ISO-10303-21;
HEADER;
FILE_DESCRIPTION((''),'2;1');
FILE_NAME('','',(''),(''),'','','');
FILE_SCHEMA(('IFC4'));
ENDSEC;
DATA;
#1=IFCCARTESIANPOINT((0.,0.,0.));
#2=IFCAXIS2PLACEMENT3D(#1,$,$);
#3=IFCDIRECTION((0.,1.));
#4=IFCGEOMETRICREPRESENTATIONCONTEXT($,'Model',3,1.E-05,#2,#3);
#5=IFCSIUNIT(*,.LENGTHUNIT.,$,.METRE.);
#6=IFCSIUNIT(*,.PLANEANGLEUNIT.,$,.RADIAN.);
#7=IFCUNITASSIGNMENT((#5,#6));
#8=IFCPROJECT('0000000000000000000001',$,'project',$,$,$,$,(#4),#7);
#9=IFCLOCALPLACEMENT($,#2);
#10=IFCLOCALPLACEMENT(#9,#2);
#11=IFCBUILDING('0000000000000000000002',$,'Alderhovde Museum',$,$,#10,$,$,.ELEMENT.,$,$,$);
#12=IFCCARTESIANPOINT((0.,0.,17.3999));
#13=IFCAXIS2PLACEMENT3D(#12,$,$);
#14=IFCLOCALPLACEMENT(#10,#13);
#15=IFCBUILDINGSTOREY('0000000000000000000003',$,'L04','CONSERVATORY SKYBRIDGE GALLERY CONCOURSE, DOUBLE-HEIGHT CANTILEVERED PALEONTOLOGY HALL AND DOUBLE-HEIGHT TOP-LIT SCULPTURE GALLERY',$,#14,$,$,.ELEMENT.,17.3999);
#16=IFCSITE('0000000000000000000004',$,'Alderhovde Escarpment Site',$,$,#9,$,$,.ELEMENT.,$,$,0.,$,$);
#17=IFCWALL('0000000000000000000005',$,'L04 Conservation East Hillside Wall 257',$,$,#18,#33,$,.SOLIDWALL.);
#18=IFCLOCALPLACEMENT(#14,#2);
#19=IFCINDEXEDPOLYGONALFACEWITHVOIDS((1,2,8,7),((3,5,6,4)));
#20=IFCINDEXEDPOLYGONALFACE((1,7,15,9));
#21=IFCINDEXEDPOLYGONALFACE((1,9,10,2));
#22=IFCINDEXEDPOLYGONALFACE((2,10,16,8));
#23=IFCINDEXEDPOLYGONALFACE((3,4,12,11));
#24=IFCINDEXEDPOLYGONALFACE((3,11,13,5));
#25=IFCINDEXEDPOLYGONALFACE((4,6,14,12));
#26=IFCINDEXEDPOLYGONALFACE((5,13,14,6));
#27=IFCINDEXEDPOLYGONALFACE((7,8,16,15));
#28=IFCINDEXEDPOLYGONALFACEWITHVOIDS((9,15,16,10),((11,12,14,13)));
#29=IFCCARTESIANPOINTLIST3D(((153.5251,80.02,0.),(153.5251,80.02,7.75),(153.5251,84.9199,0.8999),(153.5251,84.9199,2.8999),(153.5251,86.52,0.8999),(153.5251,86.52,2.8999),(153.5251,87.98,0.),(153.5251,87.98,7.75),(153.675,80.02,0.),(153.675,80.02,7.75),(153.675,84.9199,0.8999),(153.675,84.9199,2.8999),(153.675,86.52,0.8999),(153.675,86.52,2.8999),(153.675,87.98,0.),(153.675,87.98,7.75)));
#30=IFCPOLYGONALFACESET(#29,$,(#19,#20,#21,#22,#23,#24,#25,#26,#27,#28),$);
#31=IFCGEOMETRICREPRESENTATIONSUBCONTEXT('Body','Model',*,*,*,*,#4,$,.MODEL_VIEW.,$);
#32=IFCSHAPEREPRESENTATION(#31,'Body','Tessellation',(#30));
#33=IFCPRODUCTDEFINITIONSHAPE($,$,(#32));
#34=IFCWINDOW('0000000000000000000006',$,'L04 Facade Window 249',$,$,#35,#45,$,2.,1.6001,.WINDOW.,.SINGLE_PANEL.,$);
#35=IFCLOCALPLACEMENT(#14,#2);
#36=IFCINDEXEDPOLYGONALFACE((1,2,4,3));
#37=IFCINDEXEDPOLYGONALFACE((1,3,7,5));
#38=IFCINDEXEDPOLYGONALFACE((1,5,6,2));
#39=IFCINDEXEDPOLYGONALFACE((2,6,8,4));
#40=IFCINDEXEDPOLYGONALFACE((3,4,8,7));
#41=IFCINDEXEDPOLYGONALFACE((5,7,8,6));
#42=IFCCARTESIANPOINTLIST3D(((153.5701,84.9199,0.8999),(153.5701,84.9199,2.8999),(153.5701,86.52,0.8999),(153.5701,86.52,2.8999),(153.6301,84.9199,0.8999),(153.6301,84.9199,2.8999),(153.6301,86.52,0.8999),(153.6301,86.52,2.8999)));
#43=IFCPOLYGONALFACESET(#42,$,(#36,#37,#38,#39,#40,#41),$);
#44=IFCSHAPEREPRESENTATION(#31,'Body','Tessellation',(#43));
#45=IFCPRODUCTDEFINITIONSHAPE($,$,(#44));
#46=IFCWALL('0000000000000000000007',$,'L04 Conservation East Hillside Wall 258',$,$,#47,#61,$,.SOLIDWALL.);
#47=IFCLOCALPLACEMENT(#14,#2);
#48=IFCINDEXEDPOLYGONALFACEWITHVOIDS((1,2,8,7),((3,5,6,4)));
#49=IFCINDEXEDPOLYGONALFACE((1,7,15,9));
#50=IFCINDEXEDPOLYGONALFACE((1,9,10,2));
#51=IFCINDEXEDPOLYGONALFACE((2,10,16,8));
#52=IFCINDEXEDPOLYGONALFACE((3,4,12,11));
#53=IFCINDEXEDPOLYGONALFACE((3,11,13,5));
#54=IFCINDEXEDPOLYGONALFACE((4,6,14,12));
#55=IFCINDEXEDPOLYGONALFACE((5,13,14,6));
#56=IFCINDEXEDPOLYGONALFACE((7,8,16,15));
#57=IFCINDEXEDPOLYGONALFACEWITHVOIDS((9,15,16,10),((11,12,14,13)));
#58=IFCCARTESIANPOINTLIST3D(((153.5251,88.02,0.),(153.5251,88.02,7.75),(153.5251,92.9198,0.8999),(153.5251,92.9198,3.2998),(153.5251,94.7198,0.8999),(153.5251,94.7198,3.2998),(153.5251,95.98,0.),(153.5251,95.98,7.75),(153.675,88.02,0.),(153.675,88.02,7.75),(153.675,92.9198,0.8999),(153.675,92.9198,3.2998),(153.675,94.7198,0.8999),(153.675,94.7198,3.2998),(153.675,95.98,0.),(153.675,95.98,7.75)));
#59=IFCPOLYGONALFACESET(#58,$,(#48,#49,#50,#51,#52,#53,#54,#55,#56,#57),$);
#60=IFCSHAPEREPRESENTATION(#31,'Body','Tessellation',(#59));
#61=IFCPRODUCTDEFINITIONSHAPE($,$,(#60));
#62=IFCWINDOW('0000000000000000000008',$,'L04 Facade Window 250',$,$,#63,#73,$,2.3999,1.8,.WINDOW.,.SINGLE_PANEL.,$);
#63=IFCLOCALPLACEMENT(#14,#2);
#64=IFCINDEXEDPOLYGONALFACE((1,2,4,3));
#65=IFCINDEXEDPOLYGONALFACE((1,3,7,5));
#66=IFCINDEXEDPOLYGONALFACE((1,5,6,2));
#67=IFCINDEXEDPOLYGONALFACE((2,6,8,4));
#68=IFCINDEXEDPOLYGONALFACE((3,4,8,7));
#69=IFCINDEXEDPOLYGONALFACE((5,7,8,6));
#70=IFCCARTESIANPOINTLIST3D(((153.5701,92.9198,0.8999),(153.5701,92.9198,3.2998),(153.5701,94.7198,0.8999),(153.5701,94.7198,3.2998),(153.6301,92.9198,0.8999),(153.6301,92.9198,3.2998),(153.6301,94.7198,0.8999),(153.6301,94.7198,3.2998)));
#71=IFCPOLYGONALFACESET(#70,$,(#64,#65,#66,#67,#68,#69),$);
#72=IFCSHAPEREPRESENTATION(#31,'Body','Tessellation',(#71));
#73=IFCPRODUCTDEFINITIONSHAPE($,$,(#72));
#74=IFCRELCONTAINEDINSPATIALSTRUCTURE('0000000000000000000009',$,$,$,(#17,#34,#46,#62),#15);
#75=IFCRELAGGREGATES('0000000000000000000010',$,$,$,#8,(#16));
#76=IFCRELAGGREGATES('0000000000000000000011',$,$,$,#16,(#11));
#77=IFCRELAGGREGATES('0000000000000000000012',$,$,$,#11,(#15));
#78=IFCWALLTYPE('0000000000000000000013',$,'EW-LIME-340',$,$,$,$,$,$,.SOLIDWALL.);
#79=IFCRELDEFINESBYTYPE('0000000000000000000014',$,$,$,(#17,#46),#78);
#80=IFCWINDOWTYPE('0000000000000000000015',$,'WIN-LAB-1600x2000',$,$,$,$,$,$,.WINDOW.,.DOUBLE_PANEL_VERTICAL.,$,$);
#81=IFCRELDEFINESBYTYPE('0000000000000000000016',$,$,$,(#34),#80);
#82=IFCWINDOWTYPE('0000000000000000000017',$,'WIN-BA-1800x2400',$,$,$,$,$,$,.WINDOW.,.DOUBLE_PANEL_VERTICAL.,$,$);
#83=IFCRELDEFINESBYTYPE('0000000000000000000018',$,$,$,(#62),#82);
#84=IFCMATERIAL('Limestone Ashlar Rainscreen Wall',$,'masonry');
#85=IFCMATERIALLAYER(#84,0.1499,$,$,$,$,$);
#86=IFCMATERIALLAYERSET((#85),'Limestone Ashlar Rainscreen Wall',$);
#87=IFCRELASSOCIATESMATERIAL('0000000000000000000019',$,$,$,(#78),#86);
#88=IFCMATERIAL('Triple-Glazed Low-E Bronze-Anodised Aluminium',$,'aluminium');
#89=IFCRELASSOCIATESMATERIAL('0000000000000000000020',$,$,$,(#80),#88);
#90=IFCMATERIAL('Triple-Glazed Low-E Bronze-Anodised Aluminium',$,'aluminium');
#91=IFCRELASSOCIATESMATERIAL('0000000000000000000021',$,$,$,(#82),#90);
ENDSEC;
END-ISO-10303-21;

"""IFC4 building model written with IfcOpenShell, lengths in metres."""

from ifc_helpers import new_model, si_unit, direction, frame, frame_2d, origin, place, context, subcontext, project, spatial, rectangle, extrude, material, layer, layer_set, type_object, element, fill, save


model = new_model("IFC4")

# Units and contexts
model_context = context("Model", 3, precision=1e-05, world=origin(), true_north=direction((0.0, 1.0)))
body_context = subcontext(model_context, "Body", "Model", "MODEL_VIEW")
ifc_project = project(units=[si_unit("LENGTHUNIT", "METRE"), si_unit("PLANEANGLEUNIT", "RADIAN")], contexts=[model_context])

# Site, building, storey
site_placement = place(None, origin())
site = spatial("IfcSite", under=ifc_project, at=site_placement, Name="Alderhovde Escarpment Site", CompositionType="ELEMENT", RefElevation=0.0)
building_placement = place(site_placement, origin())
building = spatial("IfcBuilding", under=site, at=building_placement, Name="Alderhovde Museum", CompositionType="ELEMENT")
storey_placement = place(building_placement, frame((0.0, 0.0, 17.3999)))
storey = spatial("IfcBuildingStorey", under=building, at=storey_placement, Name="L04", Description="CONSERVATORY SKYBRIDGE GALLERY CONCOURSE, DOUBLE-HEIGHT CANTILEVERED PALEONTOLOGY HALL AND DOUBLE-HEIGHT TOP-LIT SCULPTURE GALLERY", CompositionType="ELEMENT", Elevation=17.3999)

# Shared definitions
ifc_material_1 = material(Name="Limestone Ashlar Rainscreen Wall", Category="masonry")
ifc_layer = layer(ifc_material_1, 0.1499)
ifc_layer_set = layer_set([ifc_layer], Name="Limestone Ashlar Rainscreen Wall")
wall_type = type_object("IfcWallType", Name="EW-LIME-340", PredefinedType="SOLIDWALL", material=ifc_layer_set)

# Walls, openings, windows
wall_1_placement = place(storey_placement, frame((153.6001, 80.02, 0.0), z_axis=(0.0, 0.0, 1.0), x_axis=(0.0, 1.0, 0.0)))
wall_1 = element("IfcWall", 1, at=wall_1_placement, inside=storey, type_object=wall_type, Name="L04 Conservation East Hillside Wall 257", PredefinedType="SOLIDWALL", context=body_context, shape_type="SweptSolid", body=[
    extrude(rectangle(XDim=7.96, YDim=0.1499, at=frame_2d((3.98, 0.0))), origin(), (0.0, 0.0, 1.0), 7.75),
])
opening_1_placement = place(wall_1_placement, frame((4.8999, 0.0, 0.8999)))
opening_1 = element("IfcOpeningElement", 2, at=opening_1_placement, cuts=wall_1, PredefinedType="OPENING", context=body_context, shape_type="SweptSolid", body=[
    extrude(rectangle(XDim=1.6001, YDim=2.0, at=frame_2d((0.8, 1.0))), frame((0.0, 0.085, 0.0), z_axis=(0.0, -1.0, 0.0), x_axis=(1.0, 0.0, 0.0)), (0.0, 0.0, 1.0), 0.1699),
])
ifc_material_2 = material(Name="Triple-Glazed Low-E Bronze-Anodised Aluminium", Category="aluminium")
window_type_1 = type_object("IfcWindowType", Name="WIN-LAB-1600x2000", PartitioningType="DOUBLE_PANEL_VERTICAL", PredefinedType="WINDOW", material=ifc_material_2)
window_1_placement = place(opening_1_placement, origin())
window_1 = element("IfcWindow", 3, at=window_1_placement, inside=storey, type_object=window_type_1, Name="L04 Facade Window 249", OverallHeight=2.0, OverallWidth=1.6001, PartitioningType="SINGLE_PANEL", PredefinedType="WINDOW", context=body_context, shape_type="SweptSolid", body=[
    extrude(rectangle(XDim=1.6001, YDim=2.0, at=frame_2d((0.8, 1.0))), frame((0.0, 0.03, 0.0), z_axis=(0.0, -1.0, 0.0), x_axis=(1.0, 0.0, 0.0)), (0.0, 0.0, 1.0), 0.0601),
])
fill(opening_1, window_1)
wall_2_placement = place(storey_placement, frame((153.6001, 88.02, 0.0), z_axis=(0.0, 0.0, 1.0), x_axis=(0.0, 1.0, 0.0)))
wall_2 = element("IfcWall", 4, at=wall_2_placement, inside=storey, type_object=wall_type, Name="L04 Conservation East Hillside Wall 258", PredefinedType="SOLIDWALL", context=body_context, shape_type="SweptSolid", body=[
    extrude(rectangle(XDim=7.96, YDim=0.1499, at=frame_2d((3.98, 0.0))), origin(), (0.0, 0.0, 1.0), 7.75),
])
opening_2_placement = place(wall_2_placement, frame((4.8999, 0.0, 0.8999)))
opening_2 = element("IfcOpeningElement", 5, at=opening_2_placement, cuts=wall_2, PredefinedType="OPENING", context=body_context, shape_type="SweptSolid", body=[
    extrude(rectangle(XDim=1.8, YDim=2.3999, at=frame_2d((0.8999, 1.2))), frame((0.0, 0.085, 0.0), z_axis=(0.0, -1.0, 0.0), x_axis=(1.0, 0.0, 0.0)), (0.0, 0.0, 1.0), 0.1699),
])
ifc_material_3 = material(Name="Triple-Glazed Low-E Bronze-Anodised Aluminium", Category="aluminium")
window_type_2 = type_object("IfcWindowType", Name="WIN-BA-1800x2400", PartitioningType="DOUBLE_PANEL_VERTICAL", PredefinedType="WINDOW", material=ifc_material_3)
window_2_placement = place(opening_2_placement, origin())
window_2 = element("IfcWindow", 6, at=window_2_placement, inside=storey, type_object=window_type_2, Name="L04 Facade Window 250", OverallHeight=2.3999, OverallWidth=1.8, PartitioningType="SINGLE_PANEL", PredefinedType="WINDOW", context=body_context, shape_type="SweptSolid", body=[
    extrude(rectangle(XDim=1.8, YDim=2.3999, at=frame_2d((0.8999, 1.2))), frame((0.0, 0.03, 0.0), z_axis=(0.0, -1.0, 0.0), x_axis=(1.0, 0.0, 0.0)), (0.0, 0.0, 1.0), 0.0601),
])
fill(opening_2, window_2)

save(model, "model.ifc")
